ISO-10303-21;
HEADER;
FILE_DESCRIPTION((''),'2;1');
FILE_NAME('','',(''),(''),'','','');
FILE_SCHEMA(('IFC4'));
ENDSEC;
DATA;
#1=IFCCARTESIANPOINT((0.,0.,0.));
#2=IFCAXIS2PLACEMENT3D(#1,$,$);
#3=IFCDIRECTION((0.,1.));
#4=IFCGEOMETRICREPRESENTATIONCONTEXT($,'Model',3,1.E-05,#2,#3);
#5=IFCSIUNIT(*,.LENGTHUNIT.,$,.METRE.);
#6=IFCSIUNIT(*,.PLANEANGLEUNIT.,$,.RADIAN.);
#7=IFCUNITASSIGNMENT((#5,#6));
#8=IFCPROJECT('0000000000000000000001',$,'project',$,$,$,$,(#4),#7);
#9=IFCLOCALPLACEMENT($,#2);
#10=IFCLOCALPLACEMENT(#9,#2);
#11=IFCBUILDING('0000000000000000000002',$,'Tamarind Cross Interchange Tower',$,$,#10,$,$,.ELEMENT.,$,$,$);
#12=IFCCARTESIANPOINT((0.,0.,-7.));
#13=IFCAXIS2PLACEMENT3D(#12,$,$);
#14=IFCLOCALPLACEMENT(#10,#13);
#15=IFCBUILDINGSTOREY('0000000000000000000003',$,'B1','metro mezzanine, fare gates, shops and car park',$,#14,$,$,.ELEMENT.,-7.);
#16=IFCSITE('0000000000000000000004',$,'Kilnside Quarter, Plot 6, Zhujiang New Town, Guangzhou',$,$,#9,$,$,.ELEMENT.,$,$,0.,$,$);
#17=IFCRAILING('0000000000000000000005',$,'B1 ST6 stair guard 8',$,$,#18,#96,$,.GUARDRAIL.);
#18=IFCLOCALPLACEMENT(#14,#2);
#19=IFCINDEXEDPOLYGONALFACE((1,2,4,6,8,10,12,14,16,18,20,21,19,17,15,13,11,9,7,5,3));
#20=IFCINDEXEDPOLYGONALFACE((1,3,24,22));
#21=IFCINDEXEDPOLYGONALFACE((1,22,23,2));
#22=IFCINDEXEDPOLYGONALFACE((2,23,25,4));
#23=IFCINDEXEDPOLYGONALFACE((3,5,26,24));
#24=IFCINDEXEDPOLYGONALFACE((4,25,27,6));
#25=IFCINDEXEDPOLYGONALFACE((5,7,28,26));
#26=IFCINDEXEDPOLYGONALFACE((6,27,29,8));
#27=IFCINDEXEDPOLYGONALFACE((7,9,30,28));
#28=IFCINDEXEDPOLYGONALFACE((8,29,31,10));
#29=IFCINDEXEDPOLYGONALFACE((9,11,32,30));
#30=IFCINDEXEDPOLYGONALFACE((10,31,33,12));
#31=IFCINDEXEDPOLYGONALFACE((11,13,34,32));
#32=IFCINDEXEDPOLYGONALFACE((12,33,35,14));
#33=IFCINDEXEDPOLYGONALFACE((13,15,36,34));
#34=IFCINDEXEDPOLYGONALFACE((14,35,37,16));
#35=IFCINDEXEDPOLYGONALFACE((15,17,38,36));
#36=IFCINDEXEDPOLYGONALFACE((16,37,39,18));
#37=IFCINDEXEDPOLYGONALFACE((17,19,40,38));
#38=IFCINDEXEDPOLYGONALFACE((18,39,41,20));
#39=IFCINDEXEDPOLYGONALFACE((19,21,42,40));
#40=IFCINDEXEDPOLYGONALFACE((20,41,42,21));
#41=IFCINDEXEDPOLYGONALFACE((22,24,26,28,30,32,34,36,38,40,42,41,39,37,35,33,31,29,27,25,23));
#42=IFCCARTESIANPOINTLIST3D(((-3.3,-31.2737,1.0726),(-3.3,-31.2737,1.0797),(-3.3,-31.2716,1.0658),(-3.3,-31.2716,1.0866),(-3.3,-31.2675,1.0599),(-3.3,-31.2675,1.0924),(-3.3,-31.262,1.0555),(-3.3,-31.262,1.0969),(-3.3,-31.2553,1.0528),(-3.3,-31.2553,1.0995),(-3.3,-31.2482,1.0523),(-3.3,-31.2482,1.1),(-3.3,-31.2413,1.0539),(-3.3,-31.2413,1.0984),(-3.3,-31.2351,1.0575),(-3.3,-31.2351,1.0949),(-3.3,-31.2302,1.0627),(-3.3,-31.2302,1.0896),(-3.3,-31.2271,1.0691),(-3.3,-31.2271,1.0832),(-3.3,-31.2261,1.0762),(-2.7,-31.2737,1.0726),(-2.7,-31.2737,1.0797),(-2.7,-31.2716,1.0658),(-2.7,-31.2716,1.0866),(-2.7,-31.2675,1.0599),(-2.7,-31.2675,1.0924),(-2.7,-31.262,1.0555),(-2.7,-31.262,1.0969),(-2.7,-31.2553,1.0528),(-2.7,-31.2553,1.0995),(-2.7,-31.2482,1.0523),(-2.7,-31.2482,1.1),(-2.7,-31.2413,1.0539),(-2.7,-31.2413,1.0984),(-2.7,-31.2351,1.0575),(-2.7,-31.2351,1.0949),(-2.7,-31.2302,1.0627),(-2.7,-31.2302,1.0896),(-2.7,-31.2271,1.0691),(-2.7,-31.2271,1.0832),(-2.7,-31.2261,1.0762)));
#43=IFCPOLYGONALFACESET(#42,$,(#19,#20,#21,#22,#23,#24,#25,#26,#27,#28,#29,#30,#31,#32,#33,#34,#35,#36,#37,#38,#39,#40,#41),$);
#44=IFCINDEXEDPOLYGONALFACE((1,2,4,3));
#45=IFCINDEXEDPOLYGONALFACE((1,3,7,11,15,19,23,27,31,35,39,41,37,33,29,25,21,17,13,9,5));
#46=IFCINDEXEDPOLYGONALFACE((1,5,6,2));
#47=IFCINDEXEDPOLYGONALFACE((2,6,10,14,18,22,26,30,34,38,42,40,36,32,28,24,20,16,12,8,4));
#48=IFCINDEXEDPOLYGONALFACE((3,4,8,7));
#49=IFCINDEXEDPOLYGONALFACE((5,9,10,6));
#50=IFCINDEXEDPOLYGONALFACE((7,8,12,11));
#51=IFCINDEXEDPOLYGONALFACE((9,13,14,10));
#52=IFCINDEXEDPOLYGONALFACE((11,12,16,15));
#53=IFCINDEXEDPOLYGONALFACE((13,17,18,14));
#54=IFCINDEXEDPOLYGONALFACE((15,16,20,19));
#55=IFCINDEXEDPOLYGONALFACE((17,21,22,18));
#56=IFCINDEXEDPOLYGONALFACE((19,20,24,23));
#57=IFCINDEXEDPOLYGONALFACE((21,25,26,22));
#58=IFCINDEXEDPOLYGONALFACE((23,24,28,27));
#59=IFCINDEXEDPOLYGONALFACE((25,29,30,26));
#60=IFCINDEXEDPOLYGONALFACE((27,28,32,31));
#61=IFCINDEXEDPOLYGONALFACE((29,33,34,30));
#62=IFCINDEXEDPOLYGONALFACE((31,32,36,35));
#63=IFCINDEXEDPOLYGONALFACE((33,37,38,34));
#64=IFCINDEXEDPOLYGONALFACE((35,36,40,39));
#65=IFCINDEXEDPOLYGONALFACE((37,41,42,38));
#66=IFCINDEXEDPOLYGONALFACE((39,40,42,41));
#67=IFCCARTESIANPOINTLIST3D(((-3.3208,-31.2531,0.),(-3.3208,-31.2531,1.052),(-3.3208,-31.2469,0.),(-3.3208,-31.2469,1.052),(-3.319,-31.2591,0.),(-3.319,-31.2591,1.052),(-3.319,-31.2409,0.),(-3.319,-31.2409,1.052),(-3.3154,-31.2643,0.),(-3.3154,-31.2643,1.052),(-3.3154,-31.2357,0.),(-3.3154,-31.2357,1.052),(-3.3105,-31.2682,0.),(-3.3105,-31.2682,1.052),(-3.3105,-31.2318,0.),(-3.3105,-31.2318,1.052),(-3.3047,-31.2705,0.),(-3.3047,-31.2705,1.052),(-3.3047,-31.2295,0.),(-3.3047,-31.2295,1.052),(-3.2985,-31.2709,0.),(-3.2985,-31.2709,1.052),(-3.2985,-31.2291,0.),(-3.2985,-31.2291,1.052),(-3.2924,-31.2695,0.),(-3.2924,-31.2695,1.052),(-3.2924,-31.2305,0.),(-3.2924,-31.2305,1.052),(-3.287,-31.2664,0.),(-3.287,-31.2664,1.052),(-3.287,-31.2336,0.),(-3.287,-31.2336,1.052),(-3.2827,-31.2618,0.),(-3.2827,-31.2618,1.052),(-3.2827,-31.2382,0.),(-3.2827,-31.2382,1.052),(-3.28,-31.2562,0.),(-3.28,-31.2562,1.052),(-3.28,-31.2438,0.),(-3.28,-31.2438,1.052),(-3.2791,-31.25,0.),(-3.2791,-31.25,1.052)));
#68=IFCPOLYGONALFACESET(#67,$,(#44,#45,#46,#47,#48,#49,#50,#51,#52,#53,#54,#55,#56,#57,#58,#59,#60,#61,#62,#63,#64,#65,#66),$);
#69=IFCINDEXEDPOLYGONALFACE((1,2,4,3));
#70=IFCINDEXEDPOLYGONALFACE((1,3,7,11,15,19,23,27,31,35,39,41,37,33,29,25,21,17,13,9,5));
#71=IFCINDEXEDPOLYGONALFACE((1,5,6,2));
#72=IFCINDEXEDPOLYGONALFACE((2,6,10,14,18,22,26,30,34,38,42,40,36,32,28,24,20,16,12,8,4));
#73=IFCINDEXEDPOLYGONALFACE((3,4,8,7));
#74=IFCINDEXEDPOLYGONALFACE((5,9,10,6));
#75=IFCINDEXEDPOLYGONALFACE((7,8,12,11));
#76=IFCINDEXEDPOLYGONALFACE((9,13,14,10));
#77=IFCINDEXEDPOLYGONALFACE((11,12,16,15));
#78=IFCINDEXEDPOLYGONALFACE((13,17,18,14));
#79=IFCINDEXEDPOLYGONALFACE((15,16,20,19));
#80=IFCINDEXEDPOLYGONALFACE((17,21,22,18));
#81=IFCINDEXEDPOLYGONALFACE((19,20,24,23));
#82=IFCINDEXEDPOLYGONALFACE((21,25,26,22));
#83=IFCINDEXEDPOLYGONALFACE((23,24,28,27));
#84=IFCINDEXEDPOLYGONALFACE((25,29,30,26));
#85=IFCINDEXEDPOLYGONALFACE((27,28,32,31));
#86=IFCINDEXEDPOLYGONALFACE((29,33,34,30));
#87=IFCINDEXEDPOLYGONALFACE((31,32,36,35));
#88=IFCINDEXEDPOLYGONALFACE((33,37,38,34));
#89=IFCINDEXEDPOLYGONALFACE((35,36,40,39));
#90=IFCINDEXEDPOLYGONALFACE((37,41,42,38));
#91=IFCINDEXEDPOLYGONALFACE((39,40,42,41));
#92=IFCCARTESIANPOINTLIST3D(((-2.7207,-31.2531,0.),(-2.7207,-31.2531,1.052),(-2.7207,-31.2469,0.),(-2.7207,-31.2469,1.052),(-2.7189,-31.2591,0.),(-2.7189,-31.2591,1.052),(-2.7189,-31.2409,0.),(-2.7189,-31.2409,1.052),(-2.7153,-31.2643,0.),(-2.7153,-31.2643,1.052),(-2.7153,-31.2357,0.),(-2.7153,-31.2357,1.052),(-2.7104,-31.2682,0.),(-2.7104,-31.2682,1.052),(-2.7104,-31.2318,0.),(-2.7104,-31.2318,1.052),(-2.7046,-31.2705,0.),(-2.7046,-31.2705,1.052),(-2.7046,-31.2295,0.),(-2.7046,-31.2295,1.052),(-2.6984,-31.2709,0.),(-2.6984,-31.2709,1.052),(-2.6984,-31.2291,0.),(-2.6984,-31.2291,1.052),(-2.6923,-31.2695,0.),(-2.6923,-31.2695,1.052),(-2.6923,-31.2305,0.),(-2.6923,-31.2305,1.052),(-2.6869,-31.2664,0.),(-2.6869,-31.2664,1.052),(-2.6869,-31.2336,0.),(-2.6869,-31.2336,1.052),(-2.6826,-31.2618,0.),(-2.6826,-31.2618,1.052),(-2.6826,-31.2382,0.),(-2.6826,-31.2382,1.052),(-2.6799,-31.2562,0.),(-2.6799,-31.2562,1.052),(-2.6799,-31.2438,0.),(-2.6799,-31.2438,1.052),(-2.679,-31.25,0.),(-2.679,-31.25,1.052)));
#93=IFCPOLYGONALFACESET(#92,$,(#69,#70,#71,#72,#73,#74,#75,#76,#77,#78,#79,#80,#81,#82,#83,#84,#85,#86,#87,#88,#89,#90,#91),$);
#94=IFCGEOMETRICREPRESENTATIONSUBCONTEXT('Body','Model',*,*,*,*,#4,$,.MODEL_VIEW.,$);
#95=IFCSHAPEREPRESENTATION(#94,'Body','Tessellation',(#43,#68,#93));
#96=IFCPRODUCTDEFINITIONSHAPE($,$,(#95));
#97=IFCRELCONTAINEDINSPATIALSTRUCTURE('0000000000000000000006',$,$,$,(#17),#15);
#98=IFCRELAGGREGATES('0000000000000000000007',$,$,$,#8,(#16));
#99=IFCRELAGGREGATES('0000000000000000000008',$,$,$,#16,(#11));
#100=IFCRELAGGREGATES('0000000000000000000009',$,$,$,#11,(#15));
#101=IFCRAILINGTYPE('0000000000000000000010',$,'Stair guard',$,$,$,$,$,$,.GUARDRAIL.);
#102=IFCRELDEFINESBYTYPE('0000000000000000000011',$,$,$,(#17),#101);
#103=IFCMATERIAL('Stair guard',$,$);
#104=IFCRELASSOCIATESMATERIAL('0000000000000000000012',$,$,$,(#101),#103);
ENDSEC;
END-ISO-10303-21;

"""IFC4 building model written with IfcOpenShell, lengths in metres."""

from ifc_helpers import new_model, si_unit, direction, frame, origin, origin_2d, place, context, subcontext, project, spatial, circle, extrude, material, type_object, element, save


model = new_model("IFC4")

# Units and contexts
model_context = context("Model", 3, precision=1e-05, world=origin(), true_north=direction((0.0, 1.0)))
body_context = subcontext(model_context, "Body", "Model", "MODEL_VIEW")
ifc_project = project(units=[si_unit("LENGTHUNIT", "METRE"), si_unit("PLANEANGLEUNIT", "RADIAN")], contexts=[model_context])

# Site, building, storey
site_placement = place(None, origin())
site = spatial("IfcSite", under=ifc_project, at=site_placement, Name="Kilnside Quarter, Plot 6, Zhujiang New Town, Guangzhou", CompositionType="ELEMENT", RefElevation=0.0)
building_placement = place(site_placement, origin())
building = spatial("IfcBuilding", under=site, at=building_placement, Name="Tamarind Cross Interchange Tower", CompositionType="ELEMENT")
storey_placement = place(building_placement, frame((0.0, 0.0, -7.0)))
storey = spatial("IfcBuildingStorey", under=building, at=storey_placement, Name="B1", Description="metro mezzanine, fare gates, shops and car park", CompositionType="ELEMENT", Elevation=-7.0)

# Railing
ifc_material_1 = material(Name="Stair guard")
railing_type_1 = type_object("IfcRailingType", Name="Stair guard", PredefinedType="GUARDRAIL", material=ifc_material_1)
railing_1_placement = place(storey_placement, frame((-3.3, -31.25, 0.0)))
element("IfcRailing", 1, at=railing_1_placement, inside=storey, type_object=railing_type_1, Name="B1 ST6 stair guard 8", PredefinedType="GUARDRAIL", context=body_context, shape_type="SweptSolid", body=[
    extrude(circle(Radius=0.0239, at=origin_2d()), frame((0.0, 0.0, 1.0762), z_axis=(1.0, 0.0, 0.0), x_axis=(0.0, 1.0, 0.0)), (0.0, 0.0, 1.0), 0.6001),
    extrude(circle(Radius=0.021, at=origin_2d()), origin(), (0.0, 0.0, 1.0), 1.052),
    extrude(circle(Radius=0.021, at=origin_2d()), frame((0.6001, 0.0, 0.0)), (0.0, 0.0, 1.0), 1.052),
])

save(model, "model.ifc")
